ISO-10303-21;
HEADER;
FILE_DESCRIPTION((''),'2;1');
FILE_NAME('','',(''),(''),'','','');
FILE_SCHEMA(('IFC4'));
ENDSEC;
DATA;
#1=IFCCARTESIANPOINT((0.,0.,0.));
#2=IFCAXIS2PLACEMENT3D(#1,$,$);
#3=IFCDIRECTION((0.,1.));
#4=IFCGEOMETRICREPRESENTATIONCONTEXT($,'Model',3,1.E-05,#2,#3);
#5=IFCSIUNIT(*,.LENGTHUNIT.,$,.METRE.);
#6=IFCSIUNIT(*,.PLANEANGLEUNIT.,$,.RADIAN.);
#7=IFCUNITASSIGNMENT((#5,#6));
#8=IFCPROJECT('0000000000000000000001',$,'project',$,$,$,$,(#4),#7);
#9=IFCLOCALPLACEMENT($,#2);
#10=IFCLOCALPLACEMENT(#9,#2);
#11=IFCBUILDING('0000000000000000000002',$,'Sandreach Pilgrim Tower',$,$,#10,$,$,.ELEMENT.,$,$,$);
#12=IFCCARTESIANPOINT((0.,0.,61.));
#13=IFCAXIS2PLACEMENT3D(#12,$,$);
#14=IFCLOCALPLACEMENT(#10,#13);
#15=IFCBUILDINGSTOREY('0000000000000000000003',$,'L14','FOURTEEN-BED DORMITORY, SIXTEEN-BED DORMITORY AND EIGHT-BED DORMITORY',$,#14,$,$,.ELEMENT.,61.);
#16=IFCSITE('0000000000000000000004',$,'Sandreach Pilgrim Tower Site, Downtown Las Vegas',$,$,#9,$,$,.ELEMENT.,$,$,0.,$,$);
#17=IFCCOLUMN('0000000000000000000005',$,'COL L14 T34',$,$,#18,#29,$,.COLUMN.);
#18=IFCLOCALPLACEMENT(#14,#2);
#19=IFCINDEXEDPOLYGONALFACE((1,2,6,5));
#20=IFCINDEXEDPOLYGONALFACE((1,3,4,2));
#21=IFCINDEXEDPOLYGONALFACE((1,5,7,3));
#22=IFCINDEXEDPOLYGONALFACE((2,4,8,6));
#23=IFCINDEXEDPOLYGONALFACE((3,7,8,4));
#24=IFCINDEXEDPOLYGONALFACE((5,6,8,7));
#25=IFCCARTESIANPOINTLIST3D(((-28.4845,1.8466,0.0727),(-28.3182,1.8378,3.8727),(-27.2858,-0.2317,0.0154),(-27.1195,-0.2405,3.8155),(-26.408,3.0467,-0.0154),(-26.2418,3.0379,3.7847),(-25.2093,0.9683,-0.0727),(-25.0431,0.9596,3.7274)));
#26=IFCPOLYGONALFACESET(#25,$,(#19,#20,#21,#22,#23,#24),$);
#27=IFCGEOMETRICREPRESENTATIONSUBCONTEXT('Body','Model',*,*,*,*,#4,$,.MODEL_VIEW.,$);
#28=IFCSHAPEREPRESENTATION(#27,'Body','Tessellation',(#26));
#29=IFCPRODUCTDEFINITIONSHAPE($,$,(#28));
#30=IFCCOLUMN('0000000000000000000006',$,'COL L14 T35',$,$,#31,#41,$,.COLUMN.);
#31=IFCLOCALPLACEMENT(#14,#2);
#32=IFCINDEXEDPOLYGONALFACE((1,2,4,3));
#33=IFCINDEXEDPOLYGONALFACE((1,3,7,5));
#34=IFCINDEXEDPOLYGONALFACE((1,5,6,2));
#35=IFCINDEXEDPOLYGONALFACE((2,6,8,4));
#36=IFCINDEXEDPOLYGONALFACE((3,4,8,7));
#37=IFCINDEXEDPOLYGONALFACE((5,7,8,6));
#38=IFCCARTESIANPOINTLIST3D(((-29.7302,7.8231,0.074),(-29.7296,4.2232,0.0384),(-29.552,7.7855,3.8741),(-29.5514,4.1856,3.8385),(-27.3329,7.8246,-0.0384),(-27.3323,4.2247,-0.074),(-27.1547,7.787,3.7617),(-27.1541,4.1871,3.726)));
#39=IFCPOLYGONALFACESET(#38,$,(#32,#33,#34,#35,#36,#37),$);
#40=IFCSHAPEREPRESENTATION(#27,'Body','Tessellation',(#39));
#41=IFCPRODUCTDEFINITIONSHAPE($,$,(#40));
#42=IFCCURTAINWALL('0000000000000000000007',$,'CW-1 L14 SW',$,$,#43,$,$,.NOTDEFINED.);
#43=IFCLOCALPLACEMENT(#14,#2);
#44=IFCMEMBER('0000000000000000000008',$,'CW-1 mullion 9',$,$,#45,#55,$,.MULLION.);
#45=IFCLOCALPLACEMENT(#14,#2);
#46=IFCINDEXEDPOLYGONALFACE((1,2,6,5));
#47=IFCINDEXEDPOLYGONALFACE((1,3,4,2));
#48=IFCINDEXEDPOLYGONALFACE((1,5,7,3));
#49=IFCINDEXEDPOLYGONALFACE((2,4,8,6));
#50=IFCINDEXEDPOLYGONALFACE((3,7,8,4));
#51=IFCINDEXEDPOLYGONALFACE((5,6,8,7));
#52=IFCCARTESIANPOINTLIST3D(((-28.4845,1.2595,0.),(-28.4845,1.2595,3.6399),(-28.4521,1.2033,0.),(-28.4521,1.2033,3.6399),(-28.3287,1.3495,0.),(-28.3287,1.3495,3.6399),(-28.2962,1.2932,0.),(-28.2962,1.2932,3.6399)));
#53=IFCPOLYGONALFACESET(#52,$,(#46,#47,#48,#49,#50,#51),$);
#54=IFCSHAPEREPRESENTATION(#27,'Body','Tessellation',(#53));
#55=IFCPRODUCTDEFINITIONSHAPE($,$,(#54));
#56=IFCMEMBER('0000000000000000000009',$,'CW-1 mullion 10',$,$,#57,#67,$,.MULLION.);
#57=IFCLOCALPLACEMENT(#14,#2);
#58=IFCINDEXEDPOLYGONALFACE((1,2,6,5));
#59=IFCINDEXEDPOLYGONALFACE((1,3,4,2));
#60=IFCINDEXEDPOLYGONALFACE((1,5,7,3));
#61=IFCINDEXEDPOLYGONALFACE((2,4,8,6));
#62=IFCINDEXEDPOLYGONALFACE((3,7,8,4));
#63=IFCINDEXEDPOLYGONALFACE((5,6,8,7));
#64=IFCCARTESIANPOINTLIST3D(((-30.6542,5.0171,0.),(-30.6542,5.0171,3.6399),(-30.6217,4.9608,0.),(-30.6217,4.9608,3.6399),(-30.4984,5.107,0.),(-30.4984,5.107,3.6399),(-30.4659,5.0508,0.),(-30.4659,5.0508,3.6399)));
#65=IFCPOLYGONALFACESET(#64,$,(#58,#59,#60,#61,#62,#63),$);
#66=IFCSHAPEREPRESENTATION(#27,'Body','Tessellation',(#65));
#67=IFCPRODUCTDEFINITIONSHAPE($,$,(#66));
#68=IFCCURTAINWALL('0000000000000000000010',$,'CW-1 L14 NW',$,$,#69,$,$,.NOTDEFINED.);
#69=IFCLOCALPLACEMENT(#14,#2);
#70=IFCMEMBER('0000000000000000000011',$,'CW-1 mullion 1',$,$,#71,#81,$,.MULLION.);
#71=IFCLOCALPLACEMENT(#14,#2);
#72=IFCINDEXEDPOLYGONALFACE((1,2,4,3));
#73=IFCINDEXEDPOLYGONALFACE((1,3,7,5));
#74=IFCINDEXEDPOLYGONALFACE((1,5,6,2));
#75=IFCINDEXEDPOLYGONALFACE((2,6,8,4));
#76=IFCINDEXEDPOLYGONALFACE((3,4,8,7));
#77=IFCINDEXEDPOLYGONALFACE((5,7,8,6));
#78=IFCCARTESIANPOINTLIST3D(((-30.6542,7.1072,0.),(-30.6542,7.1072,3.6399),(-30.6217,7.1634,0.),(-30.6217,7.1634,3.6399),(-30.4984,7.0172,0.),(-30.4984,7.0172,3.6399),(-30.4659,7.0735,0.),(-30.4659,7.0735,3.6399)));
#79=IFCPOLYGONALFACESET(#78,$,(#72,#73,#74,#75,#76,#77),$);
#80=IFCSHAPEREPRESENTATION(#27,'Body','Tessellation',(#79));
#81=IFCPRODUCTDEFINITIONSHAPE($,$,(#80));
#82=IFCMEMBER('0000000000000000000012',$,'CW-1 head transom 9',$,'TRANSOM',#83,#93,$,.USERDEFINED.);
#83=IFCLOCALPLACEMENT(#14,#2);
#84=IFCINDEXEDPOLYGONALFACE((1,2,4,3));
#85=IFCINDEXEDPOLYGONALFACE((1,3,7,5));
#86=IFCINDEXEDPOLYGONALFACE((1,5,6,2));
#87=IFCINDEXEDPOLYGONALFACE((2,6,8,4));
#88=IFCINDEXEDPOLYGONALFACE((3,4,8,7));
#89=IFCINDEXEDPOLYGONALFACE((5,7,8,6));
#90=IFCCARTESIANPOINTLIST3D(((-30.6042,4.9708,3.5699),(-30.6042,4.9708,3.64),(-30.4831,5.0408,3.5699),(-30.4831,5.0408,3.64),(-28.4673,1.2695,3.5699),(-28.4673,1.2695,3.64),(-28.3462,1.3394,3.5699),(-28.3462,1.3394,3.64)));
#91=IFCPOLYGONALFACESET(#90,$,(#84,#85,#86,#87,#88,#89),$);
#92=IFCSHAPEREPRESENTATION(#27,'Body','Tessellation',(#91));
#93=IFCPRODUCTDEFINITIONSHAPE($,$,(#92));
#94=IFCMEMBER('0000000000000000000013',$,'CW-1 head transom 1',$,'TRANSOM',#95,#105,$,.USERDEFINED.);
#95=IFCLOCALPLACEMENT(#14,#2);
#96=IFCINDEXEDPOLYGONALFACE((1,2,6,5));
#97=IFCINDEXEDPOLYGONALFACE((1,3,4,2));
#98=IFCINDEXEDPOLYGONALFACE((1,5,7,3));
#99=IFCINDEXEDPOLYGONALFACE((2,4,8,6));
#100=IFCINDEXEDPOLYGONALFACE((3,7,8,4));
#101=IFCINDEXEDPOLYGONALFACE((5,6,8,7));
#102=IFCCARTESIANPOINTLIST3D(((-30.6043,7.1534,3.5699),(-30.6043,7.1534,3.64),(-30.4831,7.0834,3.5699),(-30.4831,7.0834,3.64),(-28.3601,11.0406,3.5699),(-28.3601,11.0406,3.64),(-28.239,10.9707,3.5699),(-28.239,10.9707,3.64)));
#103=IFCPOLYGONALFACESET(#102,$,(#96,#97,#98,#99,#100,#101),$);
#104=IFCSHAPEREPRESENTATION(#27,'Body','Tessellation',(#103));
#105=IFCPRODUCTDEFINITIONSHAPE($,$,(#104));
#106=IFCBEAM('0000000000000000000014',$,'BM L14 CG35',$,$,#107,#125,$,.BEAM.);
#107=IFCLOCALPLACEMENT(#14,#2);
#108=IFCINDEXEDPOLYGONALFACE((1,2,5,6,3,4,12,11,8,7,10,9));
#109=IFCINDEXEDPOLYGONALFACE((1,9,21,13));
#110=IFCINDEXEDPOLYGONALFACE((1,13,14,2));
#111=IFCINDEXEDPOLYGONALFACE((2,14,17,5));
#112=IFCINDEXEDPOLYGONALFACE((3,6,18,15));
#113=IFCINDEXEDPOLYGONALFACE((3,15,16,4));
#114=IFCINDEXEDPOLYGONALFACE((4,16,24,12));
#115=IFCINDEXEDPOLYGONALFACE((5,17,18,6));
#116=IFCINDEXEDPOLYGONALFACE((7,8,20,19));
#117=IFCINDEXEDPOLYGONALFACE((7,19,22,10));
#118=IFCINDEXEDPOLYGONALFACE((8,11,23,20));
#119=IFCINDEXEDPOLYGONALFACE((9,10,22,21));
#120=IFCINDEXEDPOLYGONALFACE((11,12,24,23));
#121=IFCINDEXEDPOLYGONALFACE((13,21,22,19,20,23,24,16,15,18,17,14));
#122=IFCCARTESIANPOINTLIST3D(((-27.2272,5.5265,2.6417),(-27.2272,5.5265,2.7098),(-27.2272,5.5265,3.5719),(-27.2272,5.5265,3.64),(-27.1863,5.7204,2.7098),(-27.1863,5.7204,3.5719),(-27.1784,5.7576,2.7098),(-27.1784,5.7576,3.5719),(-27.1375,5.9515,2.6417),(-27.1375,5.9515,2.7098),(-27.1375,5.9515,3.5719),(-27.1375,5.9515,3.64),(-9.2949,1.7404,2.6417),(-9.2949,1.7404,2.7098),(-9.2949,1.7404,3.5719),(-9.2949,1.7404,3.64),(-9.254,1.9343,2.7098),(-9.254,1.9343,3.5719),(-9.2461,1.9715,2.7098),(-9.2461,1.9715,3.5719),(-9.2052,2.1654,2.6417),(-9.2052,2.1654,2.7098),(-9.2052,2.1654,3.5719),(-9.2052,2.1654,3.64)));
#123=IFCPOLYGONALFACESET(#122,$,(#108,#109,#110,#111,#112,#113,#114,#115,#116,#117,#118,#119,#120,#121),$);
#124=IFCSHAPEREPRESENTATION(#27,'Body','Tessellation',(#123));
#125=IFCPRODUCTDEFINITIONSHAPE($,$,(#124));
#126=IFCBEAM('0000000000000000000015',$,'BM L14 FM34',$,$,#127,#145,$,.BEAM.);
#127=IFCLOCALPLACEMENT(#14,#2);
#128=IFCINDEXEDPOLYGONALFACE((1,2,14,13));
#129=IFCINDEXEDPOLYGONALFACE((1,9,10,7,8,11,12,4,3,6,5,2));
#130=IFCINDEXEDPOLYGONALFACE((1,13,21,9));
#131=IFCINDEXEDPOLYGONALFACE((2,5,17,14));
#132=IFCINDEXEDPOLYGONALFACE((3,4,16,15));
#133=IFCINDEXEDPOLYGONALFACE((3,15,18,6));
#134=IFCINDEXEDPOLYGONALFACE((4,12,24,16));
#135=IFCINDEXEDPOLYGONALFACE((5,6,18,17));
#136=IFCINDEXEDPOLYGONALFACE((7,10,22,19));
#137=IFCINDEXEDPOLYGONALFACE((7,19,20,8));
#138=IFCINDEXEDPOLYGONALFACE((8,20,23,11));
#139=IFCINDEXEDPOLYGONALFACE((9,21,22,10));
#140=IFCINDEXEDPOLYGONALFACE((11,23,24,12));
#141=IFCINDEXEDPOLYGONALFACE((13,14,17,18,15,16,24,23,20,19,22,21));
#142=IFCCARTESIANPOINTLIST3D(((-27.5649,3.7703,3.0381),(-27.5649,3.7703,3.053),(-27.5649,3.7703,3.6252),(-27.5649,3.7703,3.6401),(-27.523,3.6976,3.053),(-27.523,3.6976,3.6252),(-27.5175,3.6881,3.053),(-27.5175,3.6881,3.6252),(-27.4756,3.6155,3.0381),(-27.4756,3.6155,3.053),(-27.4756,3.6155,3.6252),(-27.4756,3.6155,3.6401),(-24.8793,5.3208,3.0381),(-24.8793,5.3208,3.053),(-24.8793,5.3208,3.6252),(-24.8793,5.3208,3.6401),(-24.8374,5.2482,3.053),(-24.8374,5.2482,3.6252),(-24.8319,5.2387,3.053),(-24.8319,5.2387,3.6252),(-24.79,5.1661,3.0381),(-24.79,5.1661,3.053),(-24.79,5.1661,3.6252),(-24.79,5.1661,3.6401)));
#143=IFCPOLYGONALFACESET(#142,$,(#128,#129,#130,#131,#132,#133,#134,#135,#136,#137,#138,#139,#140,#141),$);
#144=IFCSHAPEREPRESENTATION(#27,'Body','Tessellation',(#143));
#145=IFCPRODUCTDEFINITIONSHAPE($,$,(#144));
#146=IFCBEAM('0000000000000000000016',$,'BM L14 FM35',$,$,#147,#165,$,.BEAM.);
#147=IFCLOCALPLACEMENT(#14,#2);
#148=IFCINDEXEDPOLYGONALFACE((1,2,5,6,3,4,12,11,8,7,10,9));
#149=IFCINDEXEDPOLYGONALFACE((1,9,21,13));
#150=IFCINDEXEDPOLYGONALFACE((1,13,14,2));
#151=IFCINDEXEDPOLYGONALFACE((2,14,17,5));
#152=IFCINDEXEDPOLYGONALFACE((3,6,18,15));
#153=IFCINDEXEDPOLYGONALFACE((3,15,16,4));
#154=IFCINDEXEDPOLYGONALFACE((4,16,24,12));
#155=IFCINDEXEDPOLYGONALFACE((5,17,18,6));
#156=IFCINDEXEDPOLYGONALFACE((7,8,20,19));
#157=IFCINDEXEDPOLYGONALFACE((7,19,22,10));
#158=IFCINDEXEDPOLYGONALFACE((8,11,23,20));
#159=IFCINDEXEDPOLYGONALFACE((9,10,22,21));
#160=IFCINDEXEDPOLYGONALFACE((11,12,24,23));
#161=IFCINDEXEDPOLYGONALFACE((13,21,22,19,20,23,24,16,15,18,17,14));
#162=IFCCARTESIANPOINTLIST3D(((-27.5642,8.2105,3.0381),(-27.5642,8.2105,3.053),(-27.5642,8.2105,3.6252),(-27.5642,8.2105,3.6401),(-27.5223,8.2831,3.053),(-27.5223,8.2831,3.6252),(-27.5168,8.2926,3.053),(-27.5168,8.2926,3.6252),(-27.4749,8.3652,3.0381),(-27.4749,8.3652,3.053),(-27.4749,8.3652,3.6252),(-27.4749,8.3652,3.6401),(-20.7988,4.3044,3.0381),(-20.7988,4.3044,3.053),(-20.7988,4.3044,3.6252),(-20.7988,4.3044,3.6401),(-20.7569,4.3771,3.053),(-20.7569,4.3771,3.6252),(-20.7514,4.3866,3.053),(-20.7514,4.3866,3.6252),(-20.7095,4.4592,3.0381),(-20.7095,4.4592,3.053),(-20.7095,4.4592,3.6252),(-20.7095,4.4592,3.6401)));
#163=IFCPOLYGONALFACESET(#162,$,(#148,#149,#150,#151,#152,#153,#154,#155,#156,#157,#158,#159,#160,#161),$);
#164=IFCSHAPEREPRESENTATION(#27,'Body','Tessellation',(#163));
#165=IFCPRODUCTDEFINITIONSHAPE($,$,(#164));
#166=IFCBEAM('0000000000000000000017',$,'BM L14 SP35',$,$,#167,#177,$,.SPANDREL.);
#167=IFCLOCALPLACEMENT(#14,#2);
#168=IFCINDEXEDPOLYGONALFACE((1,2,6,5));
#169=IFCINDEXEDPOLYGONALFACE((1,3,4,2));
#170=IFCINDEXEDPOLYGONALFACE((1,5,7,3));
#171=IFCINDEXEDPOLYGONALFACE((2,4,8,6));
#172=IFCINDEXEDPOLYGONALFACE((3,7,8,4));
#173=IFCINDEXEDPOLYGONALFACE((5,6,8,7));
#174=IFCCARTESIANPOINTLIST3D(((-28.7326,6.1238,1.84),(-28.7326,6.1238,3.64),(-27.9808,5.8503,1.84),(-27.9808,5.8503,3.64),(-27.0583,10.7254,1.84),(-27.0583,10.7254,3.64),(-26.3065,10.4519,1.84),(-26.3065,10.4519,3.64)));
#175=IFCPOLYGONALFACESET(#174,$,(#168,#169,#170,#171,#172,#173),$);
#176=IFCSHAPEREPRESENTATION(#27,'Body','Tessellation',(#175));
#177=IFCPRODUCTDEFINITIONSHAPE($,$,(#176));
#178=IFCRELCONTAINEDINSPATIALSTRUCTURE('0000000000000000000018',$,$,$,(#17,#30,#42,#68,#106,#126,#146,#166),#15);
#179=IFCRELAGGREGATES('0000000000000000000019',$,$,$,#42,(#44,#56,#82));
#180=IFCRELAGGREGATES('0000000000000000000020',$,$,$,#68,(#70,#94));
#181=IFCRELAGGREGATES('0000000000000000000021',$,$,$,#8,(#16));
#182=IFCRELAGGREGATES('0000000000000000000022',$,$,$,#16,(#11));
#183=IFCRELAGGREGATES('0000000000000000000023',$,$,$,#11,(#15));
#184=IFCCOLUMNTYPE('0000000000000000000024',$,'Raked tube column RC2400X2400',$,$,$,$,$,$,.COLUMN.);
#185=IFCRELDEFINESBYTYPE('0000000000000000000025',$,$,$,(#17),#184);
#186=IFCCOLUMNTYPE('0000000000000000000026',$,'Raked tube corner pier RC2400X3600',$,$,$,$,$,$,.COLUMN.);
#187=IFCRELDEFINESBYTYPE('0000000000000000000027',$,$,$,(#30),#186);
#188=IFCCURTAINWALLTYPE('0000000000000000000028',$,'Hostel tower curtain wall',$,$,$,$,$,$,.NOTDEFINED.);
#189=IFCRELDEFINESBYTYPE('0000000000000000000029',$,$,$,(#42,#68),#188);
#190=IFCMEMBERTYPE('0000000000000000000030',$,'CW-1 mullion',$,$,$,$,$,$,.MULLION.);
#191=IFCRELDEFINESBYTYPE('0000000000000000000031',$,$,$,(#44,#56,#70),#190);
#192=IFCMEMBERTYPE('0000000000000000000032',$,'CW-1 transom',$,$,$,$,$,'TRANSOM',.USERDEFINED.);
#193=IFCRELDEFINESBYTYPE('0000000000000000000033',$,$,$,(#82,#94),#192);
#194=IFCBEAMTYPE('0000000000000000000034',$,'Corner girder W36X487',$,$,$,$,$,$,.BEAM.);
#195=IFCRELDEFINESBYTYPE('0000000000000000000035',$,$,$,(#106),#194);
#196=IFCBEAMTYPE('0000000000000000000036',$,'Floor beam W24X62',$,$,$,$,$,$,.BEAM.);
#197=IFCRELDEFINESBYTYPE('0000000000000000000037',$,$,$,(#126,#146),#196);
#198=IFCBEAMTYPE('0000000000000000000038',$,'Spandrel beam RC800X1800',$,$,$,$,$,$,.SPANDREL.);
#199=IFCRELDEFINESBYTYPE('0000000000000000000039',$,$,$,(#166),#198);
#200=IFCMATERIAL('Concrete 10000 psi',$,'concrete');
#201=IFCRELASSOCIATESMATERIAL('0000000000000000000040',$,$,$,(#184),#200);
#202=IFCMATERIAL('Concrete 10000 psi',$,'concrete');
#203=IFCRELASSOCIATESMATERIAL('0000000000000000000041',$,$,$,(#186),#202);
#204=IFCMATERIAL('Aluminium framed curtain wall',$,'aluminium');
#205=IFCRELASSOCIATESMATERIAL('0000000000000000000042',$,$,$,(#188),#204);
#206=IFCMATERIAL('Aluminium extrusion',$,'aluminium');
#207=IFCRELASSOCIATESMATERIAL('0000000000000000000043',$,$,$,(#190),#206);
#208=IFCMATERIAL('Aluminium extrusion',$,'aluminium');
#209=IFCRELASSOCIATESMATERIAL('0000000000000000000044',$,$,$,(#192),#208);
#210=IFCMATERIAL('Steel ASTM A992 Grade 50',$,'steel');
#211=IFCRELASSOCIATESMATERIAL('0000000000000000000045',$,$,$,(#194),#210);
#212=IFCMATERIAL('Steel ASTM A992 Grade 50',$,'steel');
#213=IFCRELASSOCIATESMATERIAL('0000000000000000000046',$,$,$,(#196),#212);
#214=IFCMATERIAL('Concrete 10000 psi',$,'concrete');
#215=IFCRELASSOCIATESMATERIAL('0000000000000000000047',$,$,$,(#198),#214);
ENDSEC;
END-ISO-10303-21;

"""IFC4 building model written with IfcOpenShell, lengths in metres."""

from ifc_helpers import new_model, si_unit, direction, frame, origin, origin_2d, place, context, subcontext, project, spatial, rectangle, i_section, extrude, material, material_profile, profile_set, type_object, element, aggregate, save


model = new_model("IFC4")

# Units and contexts
model_context = context("Model", 3, precision=1e-05, world=origin(), true_north=direction((0.0, 1.0)))
body_context = subcontext(model_context, "Body", "Model", "MODEL_VIEW")
ifc_project = project(units=[si_unit("LENGTHUNIT", "METRE"), si_unit("PLANEANGLEUNIT", "RADIAN")], contexts=[model_context])

# Site, building, storey
site_placement = place(None, origin())
site = spatial("IfcSite", under=ifc_project, at=site_placement, Name="Sandreach Pilgrim Tower Site, Downtown Las Vegas", CompositionType="ELEMENT", RefElevation=0.0)
building_placement = place(site_placement, origin())
building = spatial("IfcBuilding", under=site, at=building_placement, Name="Sandreach Pilgrim Tower", CompositionType="ELEMENT")
storey_placement = place(building_placement, frame((0.0, 0.0, 61.0)))
storey = spatial("IfcBuildingStorey", under=building, at=storey_placement, Name="L14", Description="FOURTEEN-BED DORMITORY, SIXTEEN-BED DORMITORY AND EIGHT-BED DORMITORY", CompositionType="ELEMENT", Elevation=61.0)

# Columns
ifc_material_1 = material(Name="Concrete 10000 psi", Category="concrete")
ifc_material_profile_1 = material_profile(ifc_material_1, rectangle(XDim=2.3999, YDim=2.3999, at=origin_2d()), Name="RC2400X2400")
ifc_profile_set_1 = profile_set([ifc_material_profile_1], Name="Concrete 10000 psi")
column_type_1 = type_object("IfcColumnType", Name="Raked tube column RC2400X2400", PredefinedType="COLUMN", material=ifc_profile_set_1)
column_1_placement = place(storey_placement, frame((-26.8469, 1.4075, 0.0), z_axis=(0.04371, -0.002311, 0.999042), x_axis=(-0.865224, -0.500041, 0.036699)))
element("IfcColumn", 1, at=column_1_placement, inside=storey, type_object=column_type_1, Name="COL L14 T34", PredefinedType="COLUMN", context=body_context, shape_type="SweptSolid", body=[
    extrude(rectangle(XDim=2.3999, YDim=2.3999, at=origin_2d()), origin(), (0.0, 0.0, 1.0), 3.8037),
])
ifc_material_2 = material(Name="Concrete 10000 psi", Category="concrete")
ifc_material_profile_2 = material_profile(ifc_material_2, rectangle(XDim=2.3999, YDim=3.6001, at=origin_2d()), Name="RC2400X3600")
ifc_profile_set_2 = profile_set([ifc_material_profile_2], Name="Concrete 10000 psi")
column_type_2 = type_object("IfcColumnType", Name="Raked tube corner pier RC2400X3600", PredefinedType="COLUMN", material=ifc_profile_set_2)
column_2_placement = place(storey_placement, frame((-28.5312, 6.0239, 0.0), z_axis=(0.046846, -0.009883, 0.998853), x_axis=(-0.998902, -0.00063, 0.046842)))
element("IfcColumn", 2, at=column_2_placement, inside=storey, type_object=column_type_2, Name="COL L14 T35", PredefinedType="COLUMN", context=body_context, shape_type="SweptSolid", body=[
    extrude(rectangle(XDim=2.3999, YDim=3.6001, at=origin_2d()), origin(), (0.0, 0.0, 1.0), 3.8044),
])

# Curtain wall, members
ifc_material_3 = material(Name="Aluminium framed curtain wall", Category="aluminium")
curtain_wall_type = type_object("IfcCurtainWallType", Name="Hostel tower curtain wall", PredefinedType="NOTDEFINED", material=ifc_material_3)
curtain_wall_1_placement = place(storey_placement, origin())
curtain_wall_1 = element("IfcCurtainWall", 3, at=curtain_wall_1_placement, inside=storey, type_object=curtain_wall_type, Name="CW-1 L14 SW", PredefinedType="NOTDEFINED")
ifc_material_4 = material(Name="Aluminium extrusion", Category="aluminium")
ifc_material_profile_3 = material_profile(ifc_material_4, rectangle(XDim=0.0649, YDim=0.1799, at=origin_2d()), Name="CW-1M 65X180")
ifc_profile_set_3 = profile_set([ifc_material_profile_3], Name="Aluminium extrusion")
member_type_1 = type_object("IfcMemberType", Name="CW-1 mullion", PredefinedType="MULLION", material=ifc_profile_set_3)
member_1_placement = place(storey_placement, frame((-28.3904, 1.2764, 0.0), z_axis=(0.0, 0.0, 1.0), x_axis=(-0.5, 0.866025, 0.0)))
member_1 = element("IfcMember", 4, at=member_1_placement, type_object=member_type_1, Name="CW-1 mullion 9", PredefinedType="MULLION", context=body_context, shape_type="SweptSolid", body=[
    extrude(rectangle(XDim=0.0649, YDim=0.1799, at=origin_2d()), origin(), (0.0, 0.0, 1.0), 3.6399),
])
member_2_placement = place(storey_placement, frame((-30.5601, 5.0339, 0.0), z_axis=(0.0, 0.0, 1.0), x_axis=(-0.5, 0.866025, 0.0)))
member_2 = element("IfcMember", 5, at=member_2_placement, type_object=member_type_1, Name="CW-1 mullion 10", PredefinedType="MULLION", context=body_context, shape_type="SweptSolid", body=[
    extrude(rectangle(XDim=0.0649, YDim=0.1799, at=origin_2d()), origin(), (0.0, 0.0, 1.0), 3.6399),
])

# Curtain wall, member
curtain_wall_2_placement = place(storey_placement, origin())
curtain_wall_2 = element("IfcCurtainWall", 6, at=curtain_wall_2_placement, inside=storey, type_object=curtain_wall_type, Name="CW-1 L14 NW", PredefinedType="NOTDEFINED")
member_3_placement = place(storey_placement, frame((-30.5601, 7.0903, 0.0), z_axis=(0.0, 0.0, 1.0), x_axis=(0.5, 0.866025, 0.0)))
member_3 = element("IfcMember", 7, at=member_3_placement, type_object=member_type_1, Name="CW-1 mullion 1", PredefinedType="MULLION", context=body_context, shape_type="SweptSolid", body=[
    extrude(rectangle(XDim=0.0649, YDim=0.1799, at=origin_2d()), origin(), (0.0, 0.0, 1.0), 3.6399),
])

# Members
ifc_material_5 = material(Name="Aluminium extrusion", Category="aluminium")
ifc_material_profile_4 = material_profile(ifc_material_5, rectangle(XDim=0.1399, YDim=0.0701, at=origin_2d()), Name="CW-1T 140X70")
ifc_profile_set_4 = profile_set([ifc_material_profile_4], Name="Aluminium extrusion")
member_type_2 = type_object("IfcMemberType", Name="CW-1 transom", ElementType="TRANSOM", PredefinedType="USERDEFINED", material=ifc_profile_set_4)
member_4_placement = place(storey_placement, frame((-28.4067, 1.3044, 3.605), z_axis=(-0.499991, 0.866031, 0.0), x_axis=(-0.866031, -0.499991, 0.0)))
member_4 = element("IfcMember", 8, at=member_4_placement, type_object=member_type_2, Name="CW-1 head transom 9", ObjectType="TRANSOM", PredefinedType="USERDEFINED", context=body_context, shape_type="SweptSolid", body=[
    extrude(rectangle(XDim=0.1399, YDim=0.0701, at=origin_2d()), origin(), (0.0, 0.0, 1.0), 4.2739),
])
member_5_placement = place(storey_placement, frame((-30.5437, 7.1184, 3.605), z_axis=(0.499977, 0.866039, 0.0), x_axis=(-0.866039, 0.499977, 0.0)))
member_5 = element("IfcMember", 9, at=member_5_placement, type_object=member_type_2, Name="CW-1 head transom 1", ObjectType="TRANSOM", PredefinedType="USERDEFINED", context=body_context, shape_type="SweptSolid", body=[
    extrude(rectangle(XDim=0.1399, YDim=0.0701, at=origin_2d()), origin(), (0.0, 0.0, 1.0), 4.4885),
])

# Beams
ifc_material_6 = material(Name="Steel ASTM A992 Grade 50", Category="steel")
ifc_material_profile_5 = material_profile(ifc_material_6, i_section(OverallWidth=0.4343, OverallDepth=0.9983, WebThickness=0.0381, FlangeThickness=0.0681, at=origin_2d()), Name="W36X487")
ifc_profile_set_5 = profile_set([ifc_material_profile_5], Name="Steel ASTM A992 Grade 50")
beam_type_1 = type_object("IfcBeamType", Name="Corner girder W36X487", PredefinedType="BEAM", material=ifc_profile_set_5)
beam_1_placement = place(storey_placement, frame((-27.1824, 5.739, 3.1409), z_axis=(0.97843, -0.20658, 0.0), x_axis=(0.20658, 0.97843, 0.0)))
element("IfcBeam", 10, at=beam_1_placement, inside=storey, type_object=beam_type_1, Name="BM L14 CG35", PredefinedType="BEAM", context=body_context, shape_type="SweptSolid", body=[
    extrude(i_section(OverallWidth=0.4343, OverallDepth=0.9983, WebThickness=0.0381, FlangeThickness=0.0681, at=origin_2d()), origin(), (0.0, 0.0, 1.0), 18.3276),
])
ifc_material_7 = material(Name="Steel ASTM A992 Grade 50", Category="steel")
ifc_material_profile_6 = material_profile(ifc_material_7, i_section(OverallWidth=0.1787, OverallDepth=0.6021, WebThickness=0.011, FlangeThickness=0.0149, at=origin_2d()), Name="W24X62")
ifc_profile_set_6 = profile_set([ifc_material_profile_6], Name="Steel ASTM A992 Grade 50")
beam_type_2 = type_object("IfcBeamType", Name="Floor beam W24X62", PredefinedType="BEAM", material=ifc_profile_set_6)
beam_2_placement = place(storey_placement, frame((-27.5203, 3.6929, 3.3391), z_axis=(0.86602, 0.500009, 0.0), x_axis=(-0.500009, 0.86602, 0.0)))
element("IfcBeam", 11, at=beam_2_placement, inside=storey, type_object=beam_type_2, Name="BM L14 FM34", PredefinedType="BEAM", context=body_context, shape_type="SweptSolid", body=[
    extrude(i_section(OverallWidth=0.1787, OverallDepth=0.6021, WebThickness=0.011, FlangeThickness=0.0149, at=origin_2d()), origin(), (0.0, 0.0, 1.0), 3.1011),
])
beam_3_placement = place(storey_placement, frame((-27.5195, 8.2878, 3.3391), z_axis=(0.866025, -0.500001, 0.0), x_axis=(0.500001, 0.866025, 0.0)))
element("IfcBeam", 12, at=beam_3_placement, inside=storey, type_object=beam_type_2, Name="BM L14 FM35", PredefinedType="BEAM", context=body_context, shape_type="SweptSolid", body=[
    extrude(i_section(OverallWidth=0.1787, OverallDepth=0.6021, WebThickness=0.011, FlangeThickness=0.0149, at=origin_2d()), origin(), (0.0, 0.0, 1.0), 7.812),
])
ifc_material_8 = material(Name="Concrete 10000 psi", Category="concrete")
ifc_material_profile_7 = material_profile(ifc_material_8, rectangle(XDim=0.8, YDim=1.8, at=origin_2d()), Name="RC800X1800")
ifc_profile_set_7 = profile_set([ifc_material_profile_7], Name="Concrete 10000 psi")
beam_type_3 = type_object("IfcBeamType", Name="Spandrel beam RC800X1800", PredefinedType="SPANDREL", material=ifc_profile_set_7)
beam_4_placement = place(storey_placement, frame((-28.3567, 5.9871, 2.74), z_axis=(0.341927, 0.939726, 0.0), x_axis=(-0.939726, 0.341927, 0.0)))
element("IfcBeam", 13, at=beam_4_placement, inside=storey, type_object=beam_type_3, Name="BM L14 SP35", PredefinedType="SPANDREL", context=body_context, shape_type="SweptSolid", body=[
    extrude(rectangle(XDim=0.8, YDim=1.8, at=origin_2d()), origin(), (0.0, 0.0, 1.0), 4.8967),
])

aggregate(curtain_wall_1, [member_1, member_2, member_4])
aggregate(curtain_wall_2, [member_3, member_5])

save(model, "model.ifc")
